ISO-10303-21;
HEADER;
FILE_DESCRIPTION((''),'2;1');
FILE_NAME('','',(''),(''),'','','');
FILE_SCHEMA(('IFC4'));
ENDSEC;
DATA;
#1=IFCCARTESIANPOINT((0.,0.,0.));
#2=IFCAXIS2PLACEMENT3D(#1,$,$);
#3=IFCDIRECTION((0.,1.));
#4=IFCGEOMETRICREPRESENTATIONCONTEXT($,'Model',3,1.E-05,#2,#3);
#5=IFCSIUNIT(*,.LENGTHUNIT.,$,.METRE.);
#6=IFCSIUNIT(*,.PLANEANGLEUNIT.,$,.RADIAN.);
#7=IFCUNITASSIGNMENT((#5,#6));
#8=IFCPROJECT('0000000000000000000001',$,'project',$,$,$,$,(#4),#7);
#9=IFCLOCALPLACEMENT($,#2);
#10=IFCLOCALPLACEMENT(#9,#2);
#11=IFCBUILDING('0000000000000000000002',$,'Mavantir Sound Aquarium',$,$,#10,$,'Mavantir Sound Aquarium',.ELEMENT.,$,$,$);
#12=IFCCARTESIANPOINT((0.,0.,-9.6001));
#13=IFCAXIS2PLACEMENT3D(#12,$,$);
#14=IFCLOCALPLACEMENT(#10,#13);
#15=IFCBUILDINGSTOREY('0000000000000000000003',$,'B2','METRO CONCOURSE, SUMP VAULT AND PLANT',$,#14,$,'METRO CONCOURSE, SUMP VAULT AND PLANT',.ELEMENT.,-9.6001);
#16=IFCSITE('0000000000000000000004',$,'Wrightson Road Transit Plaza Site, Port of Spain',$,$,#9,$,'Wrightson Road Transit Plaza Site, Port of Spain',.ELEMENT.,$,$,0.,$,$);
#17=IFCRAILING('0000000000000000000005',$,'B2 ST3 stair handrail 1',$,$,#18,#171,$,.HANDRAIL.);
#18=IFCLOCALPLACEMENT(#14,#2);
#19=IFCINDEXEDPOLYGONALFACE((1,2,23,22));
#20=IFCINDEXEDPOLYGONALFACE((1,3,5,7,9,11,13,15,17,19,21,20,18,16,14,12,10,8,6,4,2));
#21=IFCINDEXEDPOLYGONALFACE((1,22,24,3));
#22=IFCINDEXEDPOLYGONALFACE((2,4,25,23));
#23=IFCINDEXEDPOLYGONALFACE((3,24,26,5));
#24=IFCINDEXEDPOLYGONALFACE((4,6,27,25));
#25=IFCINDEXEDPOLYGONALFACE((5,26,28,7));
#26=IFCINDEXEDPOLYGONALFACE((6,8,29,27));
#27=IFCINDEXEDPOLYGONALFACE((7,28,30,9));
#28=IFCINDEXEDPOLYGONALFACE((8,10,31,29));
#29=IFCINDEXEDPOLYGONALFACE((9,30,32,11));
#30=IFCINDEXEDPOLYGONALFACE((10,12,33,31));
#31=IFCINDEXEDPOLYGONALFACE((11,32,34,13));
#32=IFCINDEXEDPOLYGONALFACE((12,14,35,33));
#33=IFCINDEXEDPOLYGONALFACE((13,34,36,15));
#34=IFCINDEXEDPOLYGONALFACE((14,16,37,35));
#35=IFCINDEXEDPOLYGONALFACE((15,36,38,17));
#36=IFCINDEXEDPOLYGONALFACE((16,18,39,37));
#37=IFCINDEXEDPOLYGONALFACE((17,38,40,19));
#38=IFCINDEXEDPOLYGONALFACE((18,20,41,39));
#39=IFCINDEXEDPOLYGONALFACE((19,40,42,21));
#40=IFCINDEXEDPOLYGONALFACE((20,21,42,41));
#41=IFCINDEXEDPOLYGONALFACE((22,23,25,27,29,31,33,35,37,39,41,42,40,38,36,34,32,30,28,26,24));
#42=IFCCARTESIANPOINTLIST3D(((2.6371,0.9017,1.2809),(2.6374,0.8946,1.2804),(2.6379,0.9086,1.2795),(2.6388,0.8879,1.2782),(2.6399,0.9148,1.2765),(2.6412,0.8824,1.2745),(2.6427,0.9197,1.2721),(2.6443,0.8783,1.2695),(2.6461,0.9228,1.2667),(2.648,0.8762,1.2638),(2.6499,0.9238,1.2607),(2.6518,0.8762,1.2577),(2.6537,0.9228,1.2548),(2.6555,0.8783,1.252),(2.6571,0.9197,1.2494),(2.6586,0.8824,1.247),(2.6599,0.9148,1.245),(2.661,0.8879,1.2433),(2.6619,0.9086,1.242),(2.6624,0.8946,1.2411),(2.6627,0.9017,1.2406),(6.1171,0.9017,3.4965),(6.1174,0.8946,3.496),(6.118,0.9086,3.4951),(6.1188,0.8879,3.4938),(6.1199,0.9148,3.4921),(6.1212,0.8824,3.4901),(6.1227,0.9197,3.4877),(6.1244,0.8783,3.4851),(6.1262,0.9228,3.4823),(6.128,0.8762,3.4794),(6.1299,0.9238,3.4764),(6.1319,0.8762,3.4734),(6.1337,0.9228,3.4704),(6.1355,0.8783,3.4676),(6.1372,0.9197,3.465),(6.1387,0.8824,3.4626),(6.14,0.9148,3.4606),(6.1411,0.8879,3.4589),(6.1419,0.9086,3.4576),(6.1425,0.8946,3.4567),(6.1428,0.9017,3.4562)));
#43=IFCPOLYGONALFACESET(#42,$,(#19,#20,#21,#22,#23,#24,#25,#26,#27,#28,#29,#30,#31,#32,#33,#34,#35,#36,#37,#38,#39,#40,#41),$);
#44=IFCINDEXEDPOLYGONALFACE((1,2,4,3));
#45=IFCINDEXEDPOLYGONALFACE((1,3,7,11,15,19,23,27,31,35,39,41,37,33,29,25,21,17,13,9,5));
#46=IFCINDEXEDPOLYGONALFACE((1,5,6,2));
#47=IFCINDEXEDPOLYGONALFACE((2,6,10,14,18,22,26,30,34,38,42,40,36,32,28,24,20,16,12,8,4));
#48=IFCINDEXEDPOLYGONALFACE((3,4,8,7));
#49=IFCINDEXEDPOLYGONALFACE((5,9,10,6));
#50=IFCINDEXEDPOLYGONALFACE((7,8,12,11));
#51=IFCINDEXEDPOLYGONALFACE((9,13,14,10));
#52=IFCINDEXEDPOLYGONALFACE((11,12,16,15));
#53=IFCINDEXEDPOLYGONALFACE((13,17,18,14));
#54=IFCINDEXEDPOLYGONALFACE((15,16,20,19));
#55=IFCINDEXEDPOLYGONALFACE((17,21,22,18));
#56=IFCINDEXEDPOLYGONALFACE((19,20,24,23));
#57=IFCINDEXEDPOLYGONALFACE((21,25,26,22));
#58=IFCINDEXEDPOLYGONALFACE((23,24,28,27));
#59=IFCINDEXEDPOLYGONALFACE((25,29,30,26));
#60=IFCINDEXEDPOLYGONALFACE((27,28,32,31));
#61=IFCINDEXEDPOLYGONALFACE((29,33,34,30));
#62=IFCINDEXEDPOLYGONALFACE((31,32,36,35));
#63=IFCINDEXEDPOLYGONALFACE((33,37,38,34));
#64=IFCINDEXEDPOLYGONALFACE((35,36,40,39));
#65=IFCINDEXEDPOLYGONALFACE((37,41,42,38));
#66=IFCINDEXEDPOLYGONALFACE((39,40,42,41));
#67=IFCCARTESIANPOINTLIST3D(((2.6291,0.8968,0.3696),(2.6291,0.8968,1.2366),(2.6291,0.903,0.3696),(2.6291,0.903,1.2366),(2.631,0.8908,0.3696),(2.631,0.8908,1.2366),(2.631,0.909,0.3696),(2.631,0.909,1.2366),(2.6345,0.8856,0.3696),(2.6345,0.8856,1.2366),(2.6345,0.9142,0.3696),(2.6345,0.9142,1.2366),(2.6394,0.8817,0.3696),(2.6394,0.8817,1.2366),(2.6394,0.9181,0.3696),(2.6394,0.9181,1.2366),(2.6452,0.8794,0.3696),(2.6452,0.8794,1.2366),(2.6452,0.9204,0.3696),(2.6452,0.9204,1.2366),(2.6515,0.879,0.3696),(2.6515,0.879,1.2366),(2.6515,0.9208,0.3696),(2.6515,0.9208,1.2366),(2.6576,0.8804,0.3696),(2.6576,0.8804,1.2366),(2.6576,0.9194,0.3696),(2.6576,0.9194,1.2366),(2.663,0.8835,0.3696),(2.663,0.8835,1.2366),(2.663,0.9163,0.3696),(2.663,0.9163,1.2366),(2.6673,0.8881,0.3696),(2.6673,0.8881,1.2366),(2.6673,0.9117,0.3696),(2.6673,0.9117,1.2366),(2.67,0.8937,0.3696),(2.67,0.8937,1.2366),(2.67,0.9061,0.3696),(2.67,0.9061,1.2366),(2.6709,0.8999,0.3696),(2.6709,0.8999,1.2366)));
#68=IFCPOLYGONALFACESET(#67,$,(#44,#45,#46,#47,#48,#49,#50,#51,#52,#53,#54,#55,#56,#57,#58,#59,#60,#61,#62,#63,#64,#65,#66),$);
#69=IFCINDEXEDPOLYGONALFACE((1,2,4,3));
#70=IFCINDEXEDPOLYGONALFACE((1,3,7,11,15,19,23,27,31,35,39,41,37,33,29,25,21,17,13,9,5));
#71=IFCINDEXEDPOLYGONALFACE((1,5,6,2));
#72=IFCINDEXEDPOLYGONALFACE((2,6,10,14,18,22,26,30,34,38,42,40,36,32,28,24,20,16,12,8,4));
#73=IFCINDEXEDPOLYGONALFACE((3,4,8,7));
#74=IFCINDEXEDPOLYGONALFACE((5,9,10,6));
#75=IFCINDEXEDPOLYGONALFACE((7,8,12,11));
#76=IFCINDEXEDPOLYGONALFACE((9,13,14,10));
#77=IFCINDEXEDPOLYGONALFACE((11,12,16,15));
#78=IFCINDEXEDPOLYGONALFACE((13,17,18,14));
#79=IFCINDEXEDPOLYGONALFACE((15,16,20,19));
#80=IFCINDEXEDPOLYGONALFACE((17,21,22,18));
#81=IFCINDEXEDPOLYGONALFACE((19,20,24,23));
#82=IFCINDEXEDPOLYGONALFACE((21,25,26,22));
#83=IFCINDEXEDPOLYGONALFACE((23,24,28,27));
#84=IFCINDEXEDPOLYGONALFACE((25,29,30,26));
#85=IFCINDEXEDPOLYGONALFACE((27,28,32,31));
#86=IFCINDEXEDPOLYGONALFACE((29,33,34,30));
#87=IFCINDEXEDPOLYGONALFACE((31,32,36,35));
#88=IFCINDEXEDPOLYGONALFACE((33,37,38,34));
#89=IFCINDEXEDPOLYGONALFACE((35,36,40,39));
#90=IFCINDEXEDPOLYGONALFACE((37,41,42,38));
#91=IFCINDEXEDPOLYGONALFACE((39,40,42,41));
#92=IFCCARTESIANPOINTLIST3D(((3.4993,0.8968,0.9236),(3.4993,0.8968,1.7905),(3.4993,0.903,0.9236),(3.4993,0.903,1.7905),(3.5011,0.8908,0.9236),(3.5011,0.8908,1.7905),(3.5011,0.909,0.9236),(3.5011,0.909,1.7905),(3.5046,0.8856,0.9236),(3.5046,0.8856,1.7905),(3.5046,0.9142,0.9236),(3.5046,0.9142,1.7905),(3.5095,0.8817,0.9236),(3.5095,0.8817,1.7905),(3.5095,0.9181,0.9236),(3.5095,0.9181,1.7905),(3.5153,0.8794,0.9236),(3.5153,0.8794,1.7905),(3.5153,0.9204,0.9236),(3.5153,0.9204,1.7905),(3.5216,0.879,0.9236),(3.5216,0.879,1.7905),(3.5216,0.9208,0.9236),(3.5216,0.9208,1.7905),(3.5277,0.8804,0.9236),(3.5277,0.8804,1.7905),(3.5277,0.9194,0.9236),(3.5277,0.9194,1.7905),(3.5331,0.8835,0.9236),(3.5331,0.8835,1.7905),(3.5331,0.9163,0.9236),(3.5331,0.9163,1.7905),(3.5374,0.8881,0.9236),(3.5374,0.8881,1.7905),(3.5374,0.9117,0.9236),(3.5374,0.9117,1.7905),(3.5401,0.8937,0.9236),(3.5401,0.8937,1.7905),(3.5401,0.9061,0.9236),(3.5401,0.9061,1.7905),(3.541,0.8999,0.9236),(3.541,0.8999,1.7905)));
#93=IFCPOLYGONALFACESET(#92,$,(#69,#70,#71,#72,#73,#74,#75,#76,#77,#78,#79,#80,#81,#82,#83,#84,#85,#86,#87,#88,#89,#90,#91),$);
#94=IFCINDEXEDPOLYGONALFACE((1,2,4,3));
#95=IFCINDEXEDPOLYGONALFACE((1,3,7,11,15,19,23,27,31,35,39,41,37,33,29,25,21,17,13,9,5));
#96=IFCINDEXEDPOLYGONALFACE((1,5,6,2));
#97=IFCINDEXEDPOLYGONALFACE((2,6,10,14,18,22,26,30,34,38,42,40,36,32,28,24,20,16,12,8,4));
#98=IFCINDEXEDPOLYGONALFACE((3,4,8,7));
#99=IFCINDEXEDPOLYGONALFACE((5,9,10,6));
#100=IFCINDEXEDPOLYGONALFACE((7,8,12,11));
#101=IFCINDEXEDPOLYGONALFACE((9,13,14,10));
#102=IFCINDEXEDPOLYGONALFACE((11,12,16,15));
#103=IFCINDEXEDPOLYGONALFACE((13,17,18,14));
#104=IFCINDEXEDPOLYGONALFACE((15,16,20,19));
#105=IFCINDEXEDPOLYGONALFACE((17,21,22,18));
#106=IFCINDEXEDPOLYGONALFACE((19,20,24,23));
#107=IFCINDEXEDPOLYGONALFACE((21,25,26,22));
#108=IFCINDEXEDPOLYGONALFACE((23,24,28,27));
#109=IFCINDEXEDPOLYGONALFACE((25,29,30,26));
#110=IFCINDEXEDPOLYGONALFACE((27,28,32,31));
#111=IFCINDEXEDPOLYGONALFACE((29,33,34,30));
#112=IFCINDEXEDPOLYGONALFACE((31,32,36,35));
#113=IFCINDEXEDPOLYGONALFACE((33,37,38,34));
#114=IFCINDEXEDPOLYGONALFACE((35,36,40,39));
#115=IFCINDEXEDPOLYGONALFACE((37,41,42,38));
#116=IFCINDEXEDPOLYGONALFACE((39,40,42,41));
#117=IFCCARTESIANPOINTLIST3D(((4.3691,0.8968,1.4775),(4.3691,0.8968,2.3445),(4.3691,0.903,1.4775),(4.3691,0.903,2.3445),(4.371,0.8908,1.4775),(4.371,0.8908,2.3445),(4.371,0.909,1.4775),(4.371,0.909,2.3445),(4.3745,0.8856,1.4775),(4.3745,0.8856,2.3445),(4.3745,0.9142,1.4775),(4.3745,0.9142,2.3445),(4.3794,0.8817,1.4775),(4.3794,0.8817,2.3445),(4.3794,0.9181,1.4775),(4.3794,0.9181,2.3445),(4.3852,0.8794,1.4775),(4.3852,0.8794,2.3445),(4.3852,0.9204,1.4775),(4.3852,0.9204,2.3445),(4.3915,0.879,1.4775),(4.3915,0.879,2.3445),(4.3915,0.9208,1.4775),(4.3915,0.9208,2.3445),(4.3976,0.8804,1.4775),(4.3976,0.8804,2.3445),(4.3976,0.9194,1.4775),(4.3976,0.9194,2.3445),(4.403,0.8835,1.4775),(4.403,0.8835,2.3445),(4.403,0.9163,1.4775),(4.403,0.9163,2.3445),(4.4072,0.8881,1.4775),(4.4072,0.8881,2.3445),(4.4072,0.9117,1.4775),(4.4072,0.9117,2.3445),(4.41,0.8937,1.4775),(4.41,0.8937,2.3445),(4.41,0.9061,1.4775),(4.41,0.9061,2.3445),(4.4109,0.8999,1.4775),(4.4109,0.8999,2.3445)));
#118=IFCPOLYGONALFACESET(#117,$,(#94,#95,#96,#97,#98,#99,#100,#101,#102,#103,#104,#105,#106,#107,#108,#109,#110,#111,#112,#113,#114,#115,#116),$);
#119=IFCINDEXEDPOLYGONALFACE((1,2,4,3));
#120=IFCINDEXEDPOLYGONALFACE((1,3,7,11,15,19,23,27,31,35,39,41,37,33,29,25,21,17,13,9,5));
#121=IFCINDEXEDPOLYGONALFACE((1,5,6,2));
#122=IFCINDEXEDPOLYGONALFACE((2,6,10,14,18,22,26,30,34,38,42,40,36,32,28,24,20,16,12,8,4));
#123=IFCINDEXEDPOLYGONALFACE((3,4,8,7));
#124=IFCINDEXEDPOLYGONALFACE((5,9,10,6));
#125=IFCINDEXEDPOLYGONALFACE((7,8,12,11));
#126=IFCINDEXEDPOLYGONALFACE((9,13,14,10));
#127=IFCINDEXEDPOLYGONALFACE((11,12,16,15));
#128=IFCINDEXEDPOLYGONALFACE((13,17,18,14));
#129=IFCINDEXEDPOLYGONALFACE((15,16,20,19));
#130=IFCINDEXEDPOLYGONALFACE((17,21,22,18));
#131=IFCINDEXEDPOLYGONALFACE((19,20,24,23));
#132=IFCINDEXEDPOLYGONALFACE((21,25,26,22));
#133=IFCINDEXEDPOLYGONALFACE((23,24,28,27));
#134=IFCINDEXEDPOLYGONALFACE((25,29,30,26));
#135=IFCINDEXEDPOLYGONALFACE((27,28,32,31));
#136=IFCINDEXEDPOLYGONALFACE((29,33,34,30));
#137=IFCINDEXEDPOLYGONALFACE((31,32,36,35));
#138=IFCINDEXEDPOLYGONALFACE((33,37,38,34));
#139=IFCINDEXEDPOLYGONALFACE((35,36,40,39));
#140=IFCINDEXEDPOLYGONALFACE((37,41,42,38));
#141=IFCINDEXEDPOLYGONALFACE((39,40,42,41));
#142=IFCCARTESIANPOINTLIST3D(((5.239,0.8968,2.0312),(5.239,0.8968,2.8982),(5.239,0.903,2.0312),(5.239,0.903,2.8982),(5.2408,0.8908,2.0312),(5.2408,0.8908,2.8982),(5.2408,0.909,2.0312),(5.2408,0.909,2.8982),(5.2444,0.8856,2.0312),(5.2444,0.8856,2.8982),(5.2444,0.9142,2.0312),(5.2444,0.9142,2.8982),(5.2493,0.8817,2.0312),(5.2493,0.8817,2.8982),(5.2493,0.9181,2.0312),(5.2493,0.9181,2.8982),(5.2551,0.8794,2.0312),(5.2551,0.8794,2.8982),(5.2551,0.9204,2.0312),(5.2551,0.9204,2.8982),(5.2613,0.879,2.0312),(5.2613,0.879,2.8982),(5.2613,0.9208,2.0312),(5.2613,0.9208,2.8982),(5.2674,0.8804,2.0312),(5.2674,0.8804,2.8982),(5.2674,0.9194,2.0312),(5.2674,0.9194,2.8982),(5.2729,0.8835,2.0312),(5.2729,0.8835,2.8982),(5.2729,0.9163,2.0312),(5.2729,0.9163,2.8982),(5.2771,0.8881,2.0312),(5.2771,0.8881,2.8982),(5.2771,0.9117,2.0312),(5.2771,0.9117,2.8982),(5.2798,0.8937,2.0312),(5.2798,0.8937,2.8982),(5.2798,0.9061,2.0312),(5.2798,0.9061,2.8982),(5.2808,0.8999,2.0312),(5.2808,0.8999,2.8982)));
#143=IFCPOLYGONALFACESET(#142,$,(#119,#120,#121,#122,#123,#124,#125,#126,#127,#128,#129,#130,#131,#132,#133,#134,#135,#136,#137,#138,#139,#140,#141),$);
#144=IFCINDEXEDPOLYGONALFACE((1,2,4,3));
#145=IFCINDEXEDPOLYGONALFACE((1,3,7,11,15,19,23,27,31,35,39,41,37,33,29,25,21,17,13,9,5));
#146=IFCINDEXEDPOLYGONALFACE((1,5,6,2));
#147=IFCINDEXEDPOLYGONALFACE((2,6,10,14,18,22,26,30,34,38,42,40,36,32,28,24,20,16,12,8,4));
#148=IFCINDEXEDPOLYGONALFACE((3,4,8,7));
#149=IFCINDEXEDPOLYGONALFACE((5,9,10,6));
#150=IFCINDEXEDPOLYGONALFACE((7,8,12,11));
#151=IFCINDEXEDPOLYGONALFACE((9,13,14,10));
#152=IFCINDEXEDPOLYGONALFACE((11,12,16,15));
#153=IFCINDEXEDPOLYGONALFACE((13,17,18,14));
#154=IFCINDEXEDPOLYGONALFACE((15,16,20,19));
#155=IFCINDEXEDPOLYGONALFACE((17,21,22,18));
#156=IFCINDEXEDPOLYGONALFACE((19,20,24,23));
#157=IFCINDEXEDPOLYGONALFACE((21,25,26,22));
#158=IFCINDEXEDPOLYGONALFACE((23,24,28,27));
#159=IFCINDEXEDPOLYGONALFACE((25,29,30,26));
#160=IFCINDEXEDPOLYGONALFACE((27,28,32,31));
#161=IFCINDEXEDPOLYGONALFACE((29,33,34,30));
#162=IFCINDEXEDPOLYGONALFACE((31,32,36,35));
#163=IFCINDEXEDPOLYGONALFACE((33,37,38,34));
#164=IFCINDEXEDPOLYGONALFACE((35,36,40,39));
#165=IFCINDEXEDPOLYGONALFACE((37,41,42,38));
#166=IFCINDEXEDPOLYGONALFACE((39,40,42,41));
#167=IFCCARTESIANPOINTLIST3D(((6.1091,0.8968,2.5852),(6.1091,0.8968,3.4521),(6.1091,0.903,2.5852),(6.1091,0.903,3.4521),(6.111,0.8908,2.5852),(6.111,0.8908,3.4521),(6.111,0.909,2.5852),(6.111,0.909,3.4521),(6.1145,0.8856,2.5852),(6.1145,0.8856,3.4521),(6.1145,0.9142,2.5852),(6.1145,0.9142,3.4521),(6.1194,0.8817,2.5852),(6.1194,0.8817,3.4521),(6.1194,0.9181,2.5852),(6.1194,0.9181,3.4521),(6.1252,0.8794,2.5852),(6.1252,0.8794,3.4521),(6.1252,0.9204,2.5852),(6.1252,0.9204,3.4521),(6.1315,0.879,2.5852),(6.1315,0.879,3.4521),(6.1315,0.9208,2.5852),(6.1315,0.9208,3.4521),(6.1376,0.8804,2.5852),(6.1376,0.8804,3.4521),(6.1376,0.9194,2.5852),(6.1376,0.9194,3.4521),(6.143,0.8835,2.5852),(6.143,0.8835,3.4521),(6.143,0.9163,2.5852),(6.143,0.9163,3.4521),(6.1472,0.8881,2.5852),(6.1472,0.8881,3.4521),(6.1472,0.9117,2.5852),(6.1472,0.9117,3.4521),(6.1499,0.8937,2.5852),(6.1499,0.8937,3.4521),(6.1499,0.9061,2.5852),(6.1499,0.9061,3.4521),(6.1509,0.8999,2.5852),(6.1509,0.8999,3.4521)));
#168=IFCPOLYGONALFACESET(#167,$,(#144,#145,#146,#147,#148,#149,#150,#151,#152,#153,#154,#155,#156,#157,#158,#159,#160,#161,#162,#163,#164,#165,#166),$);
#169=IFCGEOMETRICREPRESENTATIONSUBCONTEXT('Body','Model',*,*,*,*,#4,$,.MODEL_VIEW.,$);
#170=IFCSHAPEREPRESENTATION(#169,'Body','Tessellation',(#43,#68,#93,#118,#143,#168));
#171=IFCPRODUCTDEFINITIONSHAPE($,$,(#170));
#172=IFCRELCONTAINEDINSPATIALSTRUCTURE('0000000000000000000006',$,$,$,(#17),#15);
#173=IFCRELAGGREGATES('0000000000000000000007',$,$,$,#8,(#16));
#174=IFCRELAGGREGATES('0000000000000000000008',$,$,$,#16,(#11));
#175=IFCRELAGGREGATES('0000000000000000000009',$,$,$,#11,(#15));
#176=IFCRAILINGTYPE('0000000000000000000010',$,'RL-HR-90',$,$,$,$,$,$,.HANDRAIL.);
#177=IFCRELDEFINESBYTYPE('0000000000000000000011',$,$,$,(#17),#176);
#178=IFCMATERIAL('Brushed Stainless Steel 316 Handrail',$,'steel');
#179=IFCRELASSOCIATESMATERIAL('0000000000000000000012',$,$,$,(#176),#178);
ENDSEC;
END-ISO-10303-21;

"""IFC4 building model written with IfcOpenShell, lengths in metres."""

from ifc_helpers import new_model, si_unit, direction, frame, origin, origin_2d, place, context, subcontext, project, spatial, circle, extrude, material, type_object, element, save


model = new_model("IFC4")

# Units and contexts
model_context = context("Model", 3, precision=1e-05, world=origin(), true_north=direction((0.0, 1.0)))
body_context = subcontext(model_context, "Body", "Model", "MODEL_VIEW")
ifc_project = project(units=[si_unit("LENGTHUNIT", "METRE"), si_unit("PLANEANGLEUNIT", "RADIAN")], contexts=[model_context])

# Site, building, storey
site_placement = place(None, origin())
site = spatial("IfcSite", under=ifc_project, at=site_placement, Name="Wrightson Road Transit Plaza Site, Port of Spain", LongName="Wrightson Road Transit Plaza Site, Port of Spain", CompositionType="ELEMENT", RefElevation=0.0)
building_placement = place(site_placement, origin())
building = spatial("IfcBuilding", under=site, at=building_placement, Name="Mavantir Sound Aquarium", LongName="Mavantir Sound Aquarium", CompositionType="ELEMENT")
storey_placement = place(building_placement, frame((0.0, 0.0, -9.6001)))
storey = spatial("IfcBuildingStorey", under=building, at=storey_placement, Name="B2", Description="METRO CONCOURSE, SUMP VAULT AND PLANT", LongName="METRO CONCOURSE, SUMP VAULT AND PLANT", CompositionType="ELEMENT", Elevation=-9.6001)

# Railing
ifc_material_1 = material(Name="Brushed Stainless Steel 316 Handrail", Category="steel")
railing_type_1 = type_object("IfcRailingType", Name="RL-HR-90", PredefinedType="HANDRAIL", material=ifc_material_1)
railing_1_placement = place(storey_placement, frame((2.6499, 0.8999, 0.3696)))
element("IfcRailing", 1, at=railing_1_placement, inside=storey, type_object=railing_type_1, Name="B2 ST3 stair handrail 1", PredefinedType="HANDRAIL", context=body_context, shape_type="SweptSolid", body=[
    extrude(circle(Radius=0.0239, at=origin_2d()), frame((0.0, 0.0, 0.8911), z_axis=(0.843547, 0.0, 0.537055), x_axis=(0.0, 1.0, 0.0)), (0.0, 0.0, 1.0), 4.1255),
    extrude(circle(Radius=0.021, at=origin_2d()), origin(), (0.0, 0.0, 1.0), 0.8669),
    extrude(circle(Radius=0.021, at=origin_2d()), frame((0.8701, 0.0, 0.554)), (0.0, 0.0, 1.0), 0.8669),
    extrude(circle(Radius=0.021, at=origin_2d()), frame((1.74, 0.0, 1.1079)), (0.0, 0.0, 1.0), 0.8669),
    extrude(circle(Radius=0.021, at=origin_2d()), frame((2.6099, 0.0, 1.6616)), (0.0, 0.0, 1.0), 0.8669),
    extrude(circle(Radius=0.021, at=origin_2d()), frame((3.48, 0.0, 2.2156)), (0.0, 0.0, 1.0), 0.8669),
])

save(model, "model.ifc")
